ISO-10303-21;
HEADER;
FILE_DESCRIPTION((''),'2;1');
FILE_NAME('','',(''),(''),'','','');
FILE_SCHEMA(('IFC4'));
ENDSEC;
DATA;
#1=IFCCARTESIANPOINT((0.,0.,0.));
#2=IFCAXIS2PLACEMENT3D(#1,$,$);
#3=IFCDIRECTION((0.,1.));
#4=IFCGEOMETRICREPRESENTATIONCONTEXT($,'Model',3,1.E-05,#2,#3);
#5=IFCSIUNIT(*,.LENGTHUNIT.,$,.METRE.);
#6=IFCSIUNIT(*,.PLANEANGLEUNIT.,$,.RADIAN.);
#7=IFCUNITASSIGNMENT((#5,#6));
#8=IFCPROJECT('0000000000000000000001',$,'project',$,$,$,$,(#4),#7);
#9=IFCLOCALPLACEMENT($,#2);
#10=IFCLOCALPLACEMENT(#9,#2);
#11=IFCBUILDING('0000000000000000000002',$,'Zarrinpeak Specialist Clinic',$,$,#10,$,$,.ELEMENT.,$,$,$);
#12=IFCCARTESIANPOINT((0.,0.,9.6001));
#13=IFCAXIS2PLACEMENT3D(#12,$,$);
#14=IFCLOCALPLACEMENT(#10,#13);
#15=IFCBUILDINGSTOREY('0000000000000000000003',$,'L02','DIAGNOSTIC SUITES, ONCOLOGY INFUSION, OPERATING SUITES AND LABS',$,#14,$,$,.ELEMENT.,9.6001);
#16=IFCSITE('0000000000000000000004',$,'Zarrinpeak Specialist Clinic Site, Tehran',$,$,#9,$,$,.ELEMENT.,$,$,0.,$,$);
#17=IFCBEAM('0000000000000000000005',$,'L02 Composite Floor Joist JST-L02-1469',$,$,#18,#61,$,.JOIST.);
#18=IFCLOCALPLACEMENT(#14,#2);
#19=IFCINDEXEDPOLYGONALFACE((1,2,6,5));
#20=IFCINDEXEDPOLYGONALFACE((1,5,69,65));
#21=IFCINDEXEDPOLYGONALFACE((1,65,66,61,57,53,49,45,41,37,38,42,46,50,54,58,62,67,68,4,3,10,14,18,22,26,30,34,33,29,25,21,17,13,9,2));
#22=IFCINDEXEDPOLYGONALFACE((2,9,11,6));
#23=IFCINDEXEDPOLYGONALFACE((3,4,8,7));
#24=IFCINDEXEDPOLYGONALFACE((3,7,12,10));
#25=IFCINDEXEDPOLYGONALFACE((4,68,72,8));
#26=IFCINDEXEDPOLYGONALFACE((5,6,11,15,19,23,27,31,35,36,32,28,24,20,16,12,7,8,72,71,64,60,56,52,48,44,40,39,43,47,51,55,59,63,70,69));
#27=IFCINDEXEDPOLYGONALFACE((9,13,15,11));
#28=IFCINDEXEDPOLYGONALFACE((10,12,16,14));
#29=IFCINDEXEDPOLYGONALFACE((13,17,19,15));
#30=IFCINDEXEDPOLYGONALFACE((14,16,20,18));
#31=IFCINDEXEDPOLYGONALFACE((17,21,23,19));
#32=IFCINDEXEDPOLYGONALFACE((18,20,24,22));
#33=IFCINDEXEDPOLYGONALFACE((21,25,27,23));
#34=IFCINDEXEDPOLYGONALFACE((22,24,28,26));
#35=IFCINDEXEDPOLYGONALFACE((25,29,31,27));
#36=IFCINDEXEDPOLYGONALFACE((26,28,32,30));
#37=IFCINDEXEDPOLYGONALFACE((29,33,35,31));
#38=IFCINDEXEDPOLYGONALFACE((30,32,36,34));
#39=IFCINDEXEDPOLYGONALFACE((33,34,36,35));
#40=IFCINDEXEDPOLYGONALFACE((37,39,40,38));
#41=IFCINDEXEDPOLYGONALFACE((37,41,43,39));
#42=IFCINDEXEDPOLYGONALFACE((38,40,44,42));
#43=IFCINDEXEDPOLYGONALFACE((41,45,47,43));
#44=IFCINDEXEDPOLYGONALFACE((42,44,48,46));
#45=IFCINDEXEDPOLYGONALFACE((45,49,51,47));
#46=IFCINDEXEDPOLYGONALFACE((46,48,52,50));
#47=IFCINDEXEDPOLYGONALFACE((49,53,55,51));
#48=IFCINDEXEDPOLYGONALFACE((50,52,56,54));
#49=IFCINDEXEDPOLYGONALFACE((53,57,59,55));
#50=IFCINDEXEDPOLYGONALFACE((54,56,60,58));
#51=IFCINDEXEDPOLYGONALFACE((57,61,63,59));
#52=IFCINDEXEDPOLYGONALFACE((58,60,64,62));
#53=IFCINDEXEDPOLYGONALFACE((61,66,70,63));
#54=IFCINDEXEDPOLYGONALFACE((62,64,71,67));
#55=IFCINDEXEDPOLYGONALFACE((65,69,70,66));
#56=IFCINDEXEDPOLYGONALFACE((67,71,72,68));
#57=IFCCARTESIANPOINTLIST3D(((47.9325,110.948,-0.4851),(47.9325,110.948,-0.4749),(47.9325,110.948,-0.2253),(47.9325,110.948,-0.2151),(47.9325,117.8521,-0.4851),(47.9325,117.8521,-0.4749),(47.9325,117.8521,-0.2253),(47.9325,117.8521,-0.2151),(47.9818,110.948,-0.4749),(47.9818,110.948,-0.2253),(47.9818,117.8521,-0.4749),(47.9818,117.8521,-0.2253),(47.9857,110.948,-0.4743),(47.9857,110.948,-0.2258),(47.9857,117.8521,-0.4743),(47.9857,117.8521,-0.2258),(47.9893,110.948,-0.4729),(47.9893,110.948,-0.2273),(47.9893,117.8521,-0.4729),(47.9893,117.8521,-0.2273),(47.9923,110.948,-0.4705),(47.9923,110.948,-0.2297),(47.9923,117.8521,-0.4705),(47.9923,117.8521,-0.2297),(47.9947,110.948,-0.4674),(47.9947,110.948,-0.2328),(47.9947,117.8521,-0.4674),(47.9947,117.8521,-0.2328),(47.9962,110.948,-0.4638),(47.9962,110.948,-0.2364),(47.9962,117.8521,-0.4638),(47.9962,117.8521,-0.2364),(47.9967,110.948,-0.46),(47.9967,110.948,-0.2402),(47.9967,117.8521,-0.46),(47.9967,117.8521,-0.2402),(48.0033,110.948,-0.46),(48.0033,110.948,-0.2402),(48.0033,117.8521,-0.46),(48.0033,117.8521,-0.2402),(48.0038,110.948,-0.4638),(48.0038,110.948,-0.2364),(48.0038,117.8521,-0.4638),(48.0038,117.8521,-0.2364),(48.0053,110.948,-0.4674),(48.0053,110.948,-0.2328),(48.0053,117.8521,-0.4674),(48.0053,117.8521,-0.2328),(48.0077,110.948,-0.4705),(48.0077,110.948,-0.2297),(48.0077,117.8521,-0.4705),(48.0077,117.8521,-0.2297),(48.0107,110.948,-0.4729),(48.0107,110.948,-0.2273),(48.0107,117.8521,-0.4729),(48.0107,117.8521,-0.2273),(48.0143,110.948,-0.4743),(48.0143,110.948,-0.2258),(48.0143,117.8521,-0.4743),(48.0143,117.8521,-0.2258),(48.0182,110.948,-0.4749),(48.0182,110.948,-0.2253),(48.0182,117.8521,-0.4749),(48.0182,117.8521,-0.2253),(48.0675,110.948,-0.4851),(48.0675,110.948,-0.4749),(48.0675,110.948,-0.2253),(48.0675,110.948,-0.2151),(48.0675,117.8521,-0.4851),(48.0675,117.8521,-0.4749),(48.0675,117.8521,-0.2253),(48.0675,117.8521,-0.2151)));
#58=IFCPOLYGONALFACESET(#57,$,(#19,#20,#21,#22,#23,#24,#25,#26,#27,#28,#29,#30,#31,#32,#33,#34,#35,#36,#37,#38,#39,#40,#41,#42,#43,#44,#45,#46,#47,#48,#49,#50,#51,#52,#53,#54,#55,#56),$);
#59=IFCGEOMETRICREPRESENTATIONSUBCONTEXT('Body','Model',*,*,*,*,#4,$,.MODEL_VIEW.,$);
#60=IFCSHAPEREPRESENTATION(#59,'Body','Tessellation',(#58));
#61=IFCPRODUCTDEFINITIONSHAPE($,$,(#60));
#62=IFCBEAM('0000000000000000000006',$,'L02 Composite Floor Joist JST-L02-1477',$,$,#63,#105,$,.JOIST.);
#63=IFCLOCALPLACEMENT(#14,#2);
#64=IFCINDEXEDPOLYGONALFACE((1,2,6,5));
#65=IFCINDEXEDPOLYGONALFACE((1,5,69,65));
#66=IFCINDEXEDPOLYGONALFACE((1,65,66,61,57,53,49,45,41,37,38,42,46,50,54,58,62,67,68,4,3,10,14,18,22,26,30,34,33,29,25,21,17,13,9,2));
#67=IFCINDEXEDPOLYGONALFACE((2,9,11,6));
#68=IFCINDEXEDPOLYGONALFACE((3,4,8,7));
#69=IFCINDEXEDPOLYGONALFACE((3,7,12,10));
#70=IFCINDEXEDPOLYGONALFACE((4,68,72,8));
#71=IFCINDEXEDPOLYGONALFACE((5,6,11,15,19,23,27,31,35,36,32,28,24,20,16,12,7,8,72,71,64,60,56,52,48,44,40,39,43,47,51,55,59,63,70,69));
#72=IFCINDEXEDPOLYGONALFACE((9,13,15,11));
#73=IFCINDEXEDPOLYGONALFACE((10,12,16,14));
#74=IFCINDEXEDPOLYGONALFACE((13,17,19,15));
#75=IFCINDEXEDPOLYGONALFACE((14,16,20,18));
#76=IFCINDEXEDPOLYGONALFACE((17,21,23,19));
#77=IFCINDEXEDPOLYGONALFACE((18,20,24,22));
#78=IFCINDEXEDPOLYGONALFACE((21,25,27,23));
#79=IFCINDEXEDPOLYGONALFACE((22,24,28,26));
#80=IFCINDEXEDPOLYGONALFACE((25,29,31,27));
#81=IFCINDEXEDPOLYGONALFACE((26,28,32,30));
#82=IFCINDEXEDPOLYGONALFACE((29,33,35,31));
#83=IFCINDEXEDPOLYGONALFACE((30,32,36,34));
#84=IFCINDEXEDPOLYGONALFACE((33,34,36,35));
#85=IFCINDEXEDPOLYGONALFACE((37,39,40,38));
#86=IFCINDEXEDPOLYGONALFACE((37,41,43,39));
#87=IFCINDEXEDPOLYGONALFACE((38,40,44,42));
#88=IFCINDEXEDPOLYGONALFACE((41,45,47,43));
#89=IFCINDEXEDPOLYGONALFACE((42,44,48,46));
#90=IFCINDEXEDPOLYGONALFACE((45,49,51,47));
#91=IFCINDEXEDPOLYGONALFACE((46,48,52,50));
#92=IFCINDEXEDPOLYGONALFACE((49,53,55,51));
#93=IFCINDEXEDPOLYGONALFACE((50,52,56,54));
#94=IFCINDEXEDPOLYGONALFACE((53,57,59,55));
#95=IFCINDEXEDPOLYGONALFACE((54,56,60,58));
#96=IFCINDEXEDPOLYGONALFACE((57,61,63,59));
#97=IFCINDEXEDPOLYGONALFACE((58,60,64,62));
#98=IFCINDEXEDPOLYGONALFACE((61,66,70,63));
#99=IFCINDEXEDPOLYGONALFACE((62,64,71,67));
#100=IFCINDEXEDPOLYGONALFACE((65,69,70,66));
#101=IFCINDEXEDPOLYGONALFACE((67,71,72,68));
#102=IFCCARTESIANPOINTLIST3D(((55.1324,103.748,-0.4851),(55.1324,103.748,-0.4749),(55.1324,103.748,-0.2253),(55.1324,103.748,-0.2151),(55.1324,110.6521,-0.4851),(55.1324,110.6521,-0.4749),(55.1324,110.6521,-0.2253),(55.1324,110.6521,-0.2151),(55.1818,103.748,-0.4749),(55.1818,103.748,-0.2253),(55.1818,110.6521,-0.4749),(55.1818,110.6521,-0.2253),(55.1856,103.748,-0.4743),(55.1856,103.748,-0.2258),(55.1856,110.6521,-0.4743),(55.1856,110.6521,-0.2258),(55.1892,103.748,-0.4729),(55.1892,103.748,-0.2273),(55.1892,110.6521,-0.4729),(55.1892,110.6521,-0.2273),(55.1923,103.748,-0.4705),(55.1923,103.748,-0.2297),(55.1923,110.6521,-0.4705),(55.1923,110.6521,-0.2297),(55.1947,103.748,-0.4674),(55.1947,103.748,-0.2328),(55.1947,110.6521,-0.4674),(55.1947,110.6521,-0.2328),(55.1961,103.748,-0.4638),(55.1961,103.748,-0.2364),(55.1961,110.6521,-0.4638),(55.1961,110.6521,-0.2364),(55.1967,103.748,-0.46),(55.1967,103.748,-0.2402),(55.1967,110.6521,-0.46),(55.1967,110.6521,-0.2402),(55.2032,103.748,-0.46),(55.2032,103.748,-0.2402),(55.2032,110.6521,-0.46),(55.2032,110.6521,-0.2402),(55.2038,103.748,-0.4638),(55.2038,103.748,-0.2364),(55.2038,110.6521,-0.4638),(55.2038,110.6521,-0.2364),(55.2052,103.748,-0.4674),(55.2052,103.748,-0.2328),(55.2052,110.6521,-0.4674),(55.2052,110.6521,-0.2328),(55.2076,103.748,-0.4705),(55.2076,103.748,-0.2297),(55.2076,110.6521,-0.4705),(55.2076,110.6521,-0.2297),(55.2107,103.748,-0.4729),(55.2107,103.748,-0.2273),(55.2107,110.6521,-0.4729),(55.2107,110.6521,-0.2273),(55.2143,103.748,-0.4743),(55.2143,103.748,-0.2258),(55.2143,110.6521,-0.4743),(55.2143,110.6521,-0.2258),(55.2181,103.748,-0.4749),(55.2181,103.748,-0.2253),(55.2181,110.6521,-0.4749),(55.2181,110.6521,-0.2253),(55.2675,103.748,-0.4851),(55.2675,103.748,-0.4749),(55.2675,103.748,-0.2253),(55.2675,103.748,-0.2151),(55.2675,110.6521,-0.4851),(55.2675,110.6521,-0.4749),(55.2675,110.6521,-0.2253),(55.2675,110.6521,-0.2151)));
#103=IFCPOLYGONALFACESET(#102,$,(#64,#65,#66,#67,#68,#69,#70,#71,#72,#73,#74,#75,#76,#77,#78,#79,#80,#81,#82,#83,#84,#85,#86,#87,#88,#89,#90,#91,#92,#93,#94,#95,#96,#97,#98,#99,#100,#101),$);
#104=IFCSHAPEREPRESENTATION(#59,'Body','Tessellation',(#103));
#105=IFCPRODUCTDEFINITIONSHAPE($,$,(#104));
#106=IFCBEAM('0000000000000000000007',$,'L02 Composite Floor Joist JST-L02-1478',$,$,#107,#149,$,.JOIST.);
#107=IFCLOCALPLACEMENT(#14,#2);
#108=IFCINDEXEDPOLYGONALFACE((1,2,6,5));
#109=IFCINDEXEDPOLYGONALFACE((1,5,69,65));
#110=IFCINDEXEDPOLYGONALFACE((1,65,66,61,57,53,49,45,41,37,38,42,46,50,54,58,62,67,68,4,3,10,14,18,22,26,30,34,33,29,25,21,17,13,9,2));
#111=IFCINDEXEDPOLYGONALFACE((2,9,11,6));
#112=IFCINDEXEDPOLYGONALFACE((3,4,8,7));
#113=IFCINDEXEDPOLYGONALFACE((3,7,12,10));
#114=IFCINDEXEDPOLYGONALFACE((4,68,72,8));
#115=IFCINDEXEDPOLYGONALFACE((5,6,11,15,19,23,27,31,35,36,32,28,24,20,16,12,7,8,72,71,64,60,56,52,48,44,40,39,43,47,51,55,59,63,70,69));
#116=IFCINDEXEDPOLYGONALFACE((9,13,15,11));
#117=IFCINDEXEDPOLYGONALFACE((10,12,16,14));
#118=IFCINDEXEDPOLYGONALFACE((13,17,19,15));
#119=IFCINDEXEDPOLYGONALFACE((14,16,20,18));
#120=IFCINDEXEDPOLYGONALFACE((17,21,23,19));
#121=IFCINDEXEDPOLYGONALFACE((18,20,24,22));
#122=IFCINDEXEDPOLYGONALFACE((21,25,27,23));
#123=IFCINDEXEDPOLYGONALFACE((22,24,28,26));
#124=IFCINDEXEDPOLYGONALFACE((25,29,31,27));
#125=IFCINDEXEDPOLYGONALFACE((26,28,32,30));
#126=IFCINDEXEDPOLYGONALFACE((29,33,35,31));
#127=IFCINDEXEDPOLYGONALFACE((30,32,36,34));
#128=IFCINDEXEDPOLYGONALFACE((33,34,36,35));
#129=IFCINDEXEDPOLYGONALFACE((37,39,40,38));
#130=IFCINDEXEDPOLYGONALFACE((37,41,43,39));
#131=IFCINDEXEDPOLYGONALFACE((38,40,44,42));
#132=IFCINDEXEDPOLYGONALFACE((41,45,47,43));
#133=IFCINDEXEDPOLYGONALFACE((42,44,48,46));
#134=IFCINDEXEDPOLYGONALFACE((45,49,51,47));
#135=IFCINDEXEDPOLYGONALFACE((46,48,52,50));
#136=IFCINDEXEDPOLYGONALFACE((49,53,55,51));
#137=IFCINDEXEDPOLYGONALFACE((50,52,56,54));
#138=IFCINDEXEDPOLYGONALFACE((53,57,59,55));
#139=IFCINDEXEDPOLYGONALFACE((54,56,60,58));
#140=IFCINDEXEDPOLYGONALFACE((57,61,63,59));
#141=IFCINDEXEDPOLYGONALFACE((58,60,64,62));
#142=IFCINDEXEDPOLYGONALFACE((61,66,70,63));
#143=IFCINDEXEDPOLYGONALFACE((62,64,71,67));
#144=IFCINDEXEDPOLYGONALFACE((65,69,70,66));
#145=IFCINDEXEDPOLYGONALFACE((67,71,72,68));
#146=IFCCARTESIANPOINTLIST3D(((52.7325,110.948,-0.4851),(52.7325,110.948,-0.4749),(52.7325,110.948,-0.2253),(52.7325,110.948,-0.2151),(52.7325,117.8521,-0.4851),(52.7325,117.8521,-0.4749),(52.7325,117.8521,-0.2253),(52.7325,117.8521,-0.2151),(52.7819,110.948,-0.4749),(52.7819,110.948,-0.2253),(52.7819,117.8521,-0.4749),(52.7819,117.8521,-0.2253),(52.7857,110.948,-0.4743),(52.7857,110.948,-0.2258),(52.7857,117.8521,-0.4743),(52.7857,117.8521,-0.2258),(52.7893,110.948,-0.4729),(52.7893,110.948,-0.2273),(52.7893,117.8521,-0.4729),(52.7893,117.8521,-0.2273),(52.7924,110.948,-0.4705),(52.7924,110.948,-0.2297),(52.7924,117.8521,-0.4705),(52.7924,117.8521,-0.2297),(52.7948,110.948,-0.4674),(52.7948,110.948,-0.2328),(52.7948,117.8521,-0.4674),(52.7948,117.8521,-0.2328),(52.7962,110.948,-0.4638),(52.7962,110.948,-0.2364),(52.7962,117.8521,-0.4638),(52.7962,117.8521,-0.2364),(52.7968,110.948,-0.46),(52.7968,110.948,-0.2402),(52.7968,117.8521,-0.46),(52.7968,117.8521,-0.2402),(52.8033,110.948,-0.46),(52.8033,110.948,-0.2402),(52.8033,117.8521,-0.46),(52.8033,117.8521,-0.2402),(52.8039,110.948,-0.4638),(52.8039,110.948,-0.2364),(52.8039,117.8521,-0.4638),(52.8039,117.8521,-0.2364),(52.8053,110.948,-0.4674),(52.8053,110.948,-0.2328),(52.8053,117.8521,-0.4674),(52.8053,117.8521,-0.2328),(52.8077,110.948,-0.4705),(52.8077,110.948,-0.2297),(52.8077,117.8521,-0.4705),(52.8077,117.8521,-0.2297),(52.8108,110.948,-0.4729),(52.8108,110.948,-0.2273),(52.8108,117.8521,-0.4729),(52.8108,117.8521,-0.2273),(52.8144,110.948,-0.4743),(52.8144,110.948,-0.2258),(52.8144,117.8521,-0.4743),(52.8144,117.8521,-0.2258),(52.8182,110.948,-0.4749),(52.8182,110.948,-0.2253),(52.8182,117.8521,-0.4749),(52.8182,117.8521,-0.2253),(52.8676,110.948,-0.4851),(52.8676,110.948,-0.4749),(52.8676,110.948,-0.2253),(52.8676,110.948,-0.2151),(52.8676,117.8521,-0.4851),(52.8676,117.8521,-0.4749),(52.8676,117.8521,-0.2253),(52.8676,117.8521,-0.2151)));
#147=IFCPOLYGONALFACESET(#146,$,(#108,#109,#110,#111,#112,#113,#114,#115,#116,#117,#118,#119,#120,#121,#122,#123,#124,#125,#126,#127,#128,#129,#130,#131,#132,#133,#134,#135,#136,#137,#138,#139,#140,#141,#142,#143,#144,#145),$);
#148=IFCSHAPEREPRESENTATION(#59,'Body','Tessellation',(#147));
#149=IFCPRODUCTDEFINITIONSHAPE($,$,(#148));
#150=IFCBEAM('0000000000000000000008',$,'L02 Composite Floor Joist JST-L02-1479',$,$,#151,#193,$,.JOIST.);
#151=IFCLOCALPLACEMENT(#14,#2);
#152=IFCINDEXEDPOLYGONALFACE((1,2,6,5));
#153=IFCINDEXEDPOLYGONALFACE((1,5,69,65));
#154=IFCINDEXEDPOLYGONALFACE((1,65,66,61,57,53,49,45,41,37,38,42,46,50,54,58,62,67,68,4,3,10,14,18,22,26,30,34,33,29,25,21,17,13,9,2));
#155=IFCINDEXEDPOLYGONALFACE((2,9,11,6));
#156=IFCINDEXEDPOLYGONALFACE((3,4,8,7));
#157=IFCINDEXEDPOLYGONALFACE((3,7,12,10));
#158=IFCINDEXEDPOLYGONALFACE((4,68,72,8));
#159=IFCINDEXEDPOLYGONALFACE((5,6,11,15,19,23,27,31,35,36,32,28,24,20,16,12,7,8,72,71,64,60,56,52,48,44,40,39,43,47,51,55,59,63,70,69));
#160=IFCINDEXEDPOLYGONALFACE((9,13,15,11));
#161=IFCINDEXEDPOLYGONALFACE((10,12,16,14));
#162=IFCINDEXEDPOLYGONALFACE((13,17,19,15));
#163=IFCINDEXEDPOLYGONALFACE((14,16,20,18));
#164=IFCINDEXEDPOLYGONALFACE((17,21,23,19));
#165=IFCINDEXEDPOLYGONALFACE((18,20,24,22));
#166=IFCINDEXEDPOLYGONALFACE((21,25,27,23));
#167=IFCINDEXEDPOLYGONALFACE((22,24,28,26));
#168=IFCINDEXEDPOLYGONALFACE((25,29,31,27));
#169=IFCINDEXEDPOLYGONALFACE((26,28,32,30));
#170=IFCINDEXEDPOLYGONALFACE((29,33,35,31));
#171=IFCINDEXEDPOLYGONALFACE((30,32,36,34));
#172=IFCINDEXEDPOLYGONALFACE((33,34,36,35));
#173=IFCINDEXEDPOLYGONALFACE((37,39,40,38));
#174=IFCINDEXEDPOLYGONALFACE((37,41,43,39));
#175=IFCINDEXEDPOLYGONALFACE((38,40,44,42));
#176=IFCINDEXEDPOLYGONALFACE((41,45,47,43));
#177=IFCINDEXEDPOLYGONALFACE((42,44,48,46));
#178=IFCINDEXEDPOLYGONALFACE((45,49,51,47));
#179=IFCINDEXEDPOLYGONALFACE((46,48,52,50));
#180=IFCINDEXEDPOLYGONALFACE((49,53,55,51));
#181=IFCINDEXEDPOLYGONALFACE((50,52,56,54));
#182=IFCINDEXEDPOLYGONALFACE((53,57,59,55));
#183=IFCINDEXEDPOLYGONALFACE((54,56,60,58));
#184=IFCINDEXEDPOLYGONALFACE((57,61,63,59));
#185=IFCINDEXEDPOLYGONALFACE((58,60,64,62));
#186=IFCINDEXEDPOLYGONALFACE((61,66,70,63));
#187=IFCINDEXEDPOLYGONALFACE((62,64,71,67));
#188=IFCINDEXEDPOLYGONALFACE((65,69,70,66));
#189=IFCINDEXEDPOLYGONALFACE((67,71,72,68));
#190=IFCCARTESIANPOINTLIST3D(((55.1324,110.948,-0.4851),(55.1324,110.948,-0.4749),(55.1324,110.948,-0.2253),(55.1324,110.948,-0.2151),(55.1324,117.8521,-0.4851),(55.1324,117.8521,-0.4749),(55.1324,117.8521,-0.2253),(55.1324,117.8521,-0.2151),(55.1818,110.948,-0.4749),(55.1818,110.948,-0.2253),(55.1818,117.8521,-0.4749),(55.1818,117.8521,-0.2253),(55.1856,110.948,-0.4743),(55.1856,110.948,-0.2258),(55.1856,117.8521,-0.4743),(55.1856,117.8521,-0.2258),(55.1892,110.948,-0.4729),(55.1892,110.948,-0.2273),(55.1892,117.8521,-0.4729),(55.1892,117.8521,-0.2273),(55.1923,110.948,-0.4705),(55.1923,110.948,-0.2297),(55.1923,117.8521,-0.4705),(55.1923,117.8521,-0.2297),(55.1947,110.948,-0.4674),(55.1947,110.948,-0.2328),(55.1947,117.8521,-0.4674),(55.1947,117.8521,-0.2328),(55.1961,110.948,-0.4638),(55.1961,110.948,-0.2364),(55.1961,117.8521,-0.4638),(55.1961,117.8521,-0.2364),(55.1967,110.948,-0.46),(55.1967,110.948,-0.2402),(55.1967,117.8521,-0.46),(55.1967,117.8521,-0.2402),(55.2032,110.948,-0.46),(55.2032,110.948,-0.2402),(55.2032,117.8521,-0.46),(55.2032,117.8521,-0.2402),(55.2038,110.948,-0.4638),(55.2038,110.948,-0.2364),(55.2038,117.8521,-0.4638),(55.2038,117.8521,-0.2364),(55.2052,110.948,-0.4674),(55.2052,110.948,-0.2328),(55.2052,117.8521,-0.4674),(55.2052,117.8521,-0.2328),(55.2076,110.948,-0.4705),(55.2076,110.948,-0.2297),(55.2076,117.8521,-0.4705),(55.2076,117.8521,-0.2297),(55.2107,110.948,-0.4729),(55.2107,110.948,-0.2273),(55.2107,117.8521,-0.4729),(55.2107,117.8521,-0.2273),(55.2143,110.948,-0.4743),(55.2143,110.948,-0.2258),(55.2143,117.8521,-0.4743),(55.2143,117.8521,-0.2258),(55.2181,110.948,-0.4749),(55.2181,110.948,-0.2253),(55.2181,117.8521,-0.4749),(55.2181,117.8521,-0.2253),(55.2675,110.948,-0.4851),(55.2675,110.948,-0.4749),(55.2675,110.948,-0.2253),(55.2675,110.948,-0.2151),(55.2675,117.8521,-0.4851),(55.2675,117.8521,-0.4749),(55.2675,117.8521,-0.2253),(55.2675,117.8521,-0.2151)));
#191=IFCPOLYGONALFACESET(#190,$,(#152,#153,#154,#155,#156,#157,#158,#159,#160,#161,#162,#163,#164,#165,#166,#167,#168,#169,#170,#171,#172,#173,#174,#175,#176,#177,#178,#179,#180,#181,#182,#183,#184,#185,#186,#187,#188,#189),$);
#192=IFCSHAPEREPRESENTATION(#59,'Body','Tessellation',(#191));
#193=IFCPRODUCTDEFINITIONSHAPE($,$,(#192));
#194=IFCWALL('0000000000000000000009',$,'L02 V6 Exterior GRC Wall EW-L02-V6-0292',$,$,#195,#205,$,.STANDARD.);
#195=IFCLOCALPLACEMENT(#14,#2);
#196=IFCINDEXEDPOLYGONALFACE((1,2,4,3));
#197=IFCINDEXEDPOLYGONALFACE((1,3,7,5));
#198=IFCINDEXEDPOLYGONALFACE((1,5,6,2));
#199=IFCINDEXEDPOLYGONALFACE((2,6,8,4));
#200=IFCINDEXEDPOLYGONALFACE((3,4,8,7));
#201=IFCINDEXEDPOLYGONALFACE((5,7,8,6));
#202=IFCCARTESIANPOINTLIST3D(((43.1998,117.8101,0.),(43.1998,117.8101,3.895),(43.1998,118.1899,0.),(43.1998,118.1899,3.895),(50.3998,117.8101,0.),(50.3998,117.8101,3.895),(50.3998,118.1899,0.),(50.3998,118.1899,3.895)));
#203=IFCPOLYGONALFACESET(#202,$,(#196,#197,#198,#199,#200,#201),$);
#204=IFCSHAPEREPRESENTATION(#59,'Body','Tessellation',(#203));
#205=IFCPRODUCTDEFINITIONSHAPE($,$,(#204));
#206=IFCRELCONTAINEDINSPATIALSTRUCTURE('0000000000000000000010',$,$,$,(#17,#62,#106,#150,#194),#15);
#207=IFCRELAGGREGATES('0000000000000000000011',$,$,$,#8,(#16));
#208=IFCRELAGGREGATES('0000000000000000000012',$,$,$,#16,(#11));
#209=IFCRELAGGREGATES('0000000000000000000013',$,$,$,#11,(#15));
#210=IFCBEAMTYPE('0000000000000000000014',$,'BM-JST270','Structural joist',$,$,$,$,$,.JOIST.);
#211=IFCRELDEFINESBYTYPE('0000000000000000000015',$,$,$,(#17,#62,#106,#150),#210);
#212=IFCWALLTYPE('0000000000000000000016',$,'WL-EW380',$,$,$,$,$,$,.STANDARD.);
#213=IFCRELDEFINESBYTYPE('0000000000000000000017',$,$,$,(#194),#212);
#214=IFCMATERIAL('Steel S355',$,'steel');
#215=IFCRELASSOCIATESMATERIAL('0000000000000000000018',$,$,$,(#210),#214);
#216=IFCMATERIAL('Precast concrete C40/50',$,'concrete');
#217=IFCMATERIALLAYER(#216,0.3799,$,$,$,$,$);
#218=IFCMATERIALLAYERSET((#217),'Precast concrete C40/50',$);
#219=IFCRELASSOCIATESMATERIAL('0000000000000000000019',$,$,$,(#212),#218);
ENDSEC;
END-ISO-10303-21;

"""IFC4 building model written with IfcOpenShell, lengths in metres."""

from ifc_helpers import new_model, si_unit, direction, frame, frame_2d, origin, origin_2d, place, context, subcontext, project, spatial, rectangle, i_section, extrude, material, layer, layer_set, material_profile, profile_set, type_object, element, save


model = new_model("IFC4")

# Units and contexts
model_context = context("Model", 3, precision=1e-05, world=origin(), true_north=direction((0.0, 1.0)))
body_context = subcontext(model_context, "Body", "Model", "MODEL_VIEW")
ifc_project = project(units=[si_unit("LENGTHUNIT", "METRE"), si_unit("PLANEANGLEUNIT", "RADIAN")], contexts=[model_context])

# Site, building, storey
site_placement = place(None, origin())
site = spatial("IfcSite", under=ifc_project, at=site_placement, Name="Zarrinpeak Specialist Clinic Site, Tehran", CompositionType="ELEMENT", RefElevation=0.0)
building_placement = place(site_placement, origin())
building = spatial("IfcBuilding", under=site, at=building_placement, Name="Zarrinpeak Specialist Clinic", CompositionType="ELEMENT")
storey_placement = place(building_placement, frame((0.0, 0.0, 9.6001)))
storey = spatial("IfcBuildingStorey", under=building, at=storey_placement, Name="L02", Description="DIAGNOSTIC SUITES, ONCOLOGY INFUSION, OPERATING SUITES AND LABS", CompositionType="ELEMENT", Elevation=9.6001)

# Shared definitions
ifc_material_1 = material(Name="Steel S355", Category="steel")

# Beams
ifc_material_profile_1 = material_profile(ifc_material_1, i_section(OverallWidth=0.135, OverallDepth=0.27, WebThickness=0.0066, FlangeThickness=0.0103, FilletRadius=0.0149, at=origin_2d()), Name="IPE 270")
ifc_profile_set_1 = profile_set([ifc_material_profile_1], Name="Steel S355")
beam_type_1 = type_object("IfcBeamType", Name="BM-JST270", Description="Structural joist", PredefinedType="JOIST", material=ifc_profile_set_1)
for number, where, z_axis, x_axis, name in (
    (1, (48.0, 110.948, -0.3501), (0.0, 1.0, 0.0), (-1.0, 0.0, 0.0), "L02 Composite Floor Joist JST-L02-1469"),
    (2, (55.2, 103.748, -0.3501), (0.0, 1.0, 0.0), (-1.0, 0.0, 0.0), "L02 Composite Floor Joist JST-L02-1477"),
    (3, (52.8, 110.948, -0.3501), (0.0, 1.0, 0.0), (-1.0, 0.0, 0.0), "L02 Composite Floor Joist JST-L02-1478"),
    (4, (55.2, 110.948, -0.3501), (0.0, 1.0, 0.0), (-1.0, 0.0, 0.0), "L02 Composite Floor Joist JST-L02-1479"),
):
    element("IfcBeam", number, at=place(storey_placement, frame(where, z_axis=z_axis, x_axis=x_axis)), inside=storey, type_object=beam_type_1, Name=name, PredefinedType="JOIST", context=body_context, shape_type="SweptSolid", body=[
        extrude(i_section(OverallWidth=0.135, OverallDepth=0.27, WebThickness=0.0066, FlangeThickness=0.0103, FilletRadius=0.0149, at=origin_2d()), origin(), (0.0, 0.0, 1.0), 6.9041),
    ])

# Wall
ifc_material_2 = material(Name="Precast concrete C40/50", Category="concrete")
ifc_layer = layer(ifc_material_2, 0.3799)
ifc_layer_set = layer_set([ifc_layer], Name="Precast concrete C40/50")
wall_type = type_object("IfcWallType", Name="WL-EW380", PredefinedType="STANDARD", material=ifc_layer_set)
wall_1_placement = place(storey_placement, frame((50.3999, 118.0, 0.0), z_axis=(0.0, 0.0, 1.0), x_axis=(-1.0, 0.0, 0.0)))
element("IfcWall", 5, at=wall_1_placement, inside=storey, type_object=wall_type, Name="L02 V6 Exterior GRC Wall EW-L02-V6-0292", PredefinedType="STANDARD", context=body_context, shape_type="SweptSolid", body=[
    extrude(rectangle(XDim=7.2, YDim=0.3799, at=frame_2d((3.6001, 0.0))), origin(), (0.0, 0.0, 1.0), 3.895),
])

save(model, "model.ifc")
